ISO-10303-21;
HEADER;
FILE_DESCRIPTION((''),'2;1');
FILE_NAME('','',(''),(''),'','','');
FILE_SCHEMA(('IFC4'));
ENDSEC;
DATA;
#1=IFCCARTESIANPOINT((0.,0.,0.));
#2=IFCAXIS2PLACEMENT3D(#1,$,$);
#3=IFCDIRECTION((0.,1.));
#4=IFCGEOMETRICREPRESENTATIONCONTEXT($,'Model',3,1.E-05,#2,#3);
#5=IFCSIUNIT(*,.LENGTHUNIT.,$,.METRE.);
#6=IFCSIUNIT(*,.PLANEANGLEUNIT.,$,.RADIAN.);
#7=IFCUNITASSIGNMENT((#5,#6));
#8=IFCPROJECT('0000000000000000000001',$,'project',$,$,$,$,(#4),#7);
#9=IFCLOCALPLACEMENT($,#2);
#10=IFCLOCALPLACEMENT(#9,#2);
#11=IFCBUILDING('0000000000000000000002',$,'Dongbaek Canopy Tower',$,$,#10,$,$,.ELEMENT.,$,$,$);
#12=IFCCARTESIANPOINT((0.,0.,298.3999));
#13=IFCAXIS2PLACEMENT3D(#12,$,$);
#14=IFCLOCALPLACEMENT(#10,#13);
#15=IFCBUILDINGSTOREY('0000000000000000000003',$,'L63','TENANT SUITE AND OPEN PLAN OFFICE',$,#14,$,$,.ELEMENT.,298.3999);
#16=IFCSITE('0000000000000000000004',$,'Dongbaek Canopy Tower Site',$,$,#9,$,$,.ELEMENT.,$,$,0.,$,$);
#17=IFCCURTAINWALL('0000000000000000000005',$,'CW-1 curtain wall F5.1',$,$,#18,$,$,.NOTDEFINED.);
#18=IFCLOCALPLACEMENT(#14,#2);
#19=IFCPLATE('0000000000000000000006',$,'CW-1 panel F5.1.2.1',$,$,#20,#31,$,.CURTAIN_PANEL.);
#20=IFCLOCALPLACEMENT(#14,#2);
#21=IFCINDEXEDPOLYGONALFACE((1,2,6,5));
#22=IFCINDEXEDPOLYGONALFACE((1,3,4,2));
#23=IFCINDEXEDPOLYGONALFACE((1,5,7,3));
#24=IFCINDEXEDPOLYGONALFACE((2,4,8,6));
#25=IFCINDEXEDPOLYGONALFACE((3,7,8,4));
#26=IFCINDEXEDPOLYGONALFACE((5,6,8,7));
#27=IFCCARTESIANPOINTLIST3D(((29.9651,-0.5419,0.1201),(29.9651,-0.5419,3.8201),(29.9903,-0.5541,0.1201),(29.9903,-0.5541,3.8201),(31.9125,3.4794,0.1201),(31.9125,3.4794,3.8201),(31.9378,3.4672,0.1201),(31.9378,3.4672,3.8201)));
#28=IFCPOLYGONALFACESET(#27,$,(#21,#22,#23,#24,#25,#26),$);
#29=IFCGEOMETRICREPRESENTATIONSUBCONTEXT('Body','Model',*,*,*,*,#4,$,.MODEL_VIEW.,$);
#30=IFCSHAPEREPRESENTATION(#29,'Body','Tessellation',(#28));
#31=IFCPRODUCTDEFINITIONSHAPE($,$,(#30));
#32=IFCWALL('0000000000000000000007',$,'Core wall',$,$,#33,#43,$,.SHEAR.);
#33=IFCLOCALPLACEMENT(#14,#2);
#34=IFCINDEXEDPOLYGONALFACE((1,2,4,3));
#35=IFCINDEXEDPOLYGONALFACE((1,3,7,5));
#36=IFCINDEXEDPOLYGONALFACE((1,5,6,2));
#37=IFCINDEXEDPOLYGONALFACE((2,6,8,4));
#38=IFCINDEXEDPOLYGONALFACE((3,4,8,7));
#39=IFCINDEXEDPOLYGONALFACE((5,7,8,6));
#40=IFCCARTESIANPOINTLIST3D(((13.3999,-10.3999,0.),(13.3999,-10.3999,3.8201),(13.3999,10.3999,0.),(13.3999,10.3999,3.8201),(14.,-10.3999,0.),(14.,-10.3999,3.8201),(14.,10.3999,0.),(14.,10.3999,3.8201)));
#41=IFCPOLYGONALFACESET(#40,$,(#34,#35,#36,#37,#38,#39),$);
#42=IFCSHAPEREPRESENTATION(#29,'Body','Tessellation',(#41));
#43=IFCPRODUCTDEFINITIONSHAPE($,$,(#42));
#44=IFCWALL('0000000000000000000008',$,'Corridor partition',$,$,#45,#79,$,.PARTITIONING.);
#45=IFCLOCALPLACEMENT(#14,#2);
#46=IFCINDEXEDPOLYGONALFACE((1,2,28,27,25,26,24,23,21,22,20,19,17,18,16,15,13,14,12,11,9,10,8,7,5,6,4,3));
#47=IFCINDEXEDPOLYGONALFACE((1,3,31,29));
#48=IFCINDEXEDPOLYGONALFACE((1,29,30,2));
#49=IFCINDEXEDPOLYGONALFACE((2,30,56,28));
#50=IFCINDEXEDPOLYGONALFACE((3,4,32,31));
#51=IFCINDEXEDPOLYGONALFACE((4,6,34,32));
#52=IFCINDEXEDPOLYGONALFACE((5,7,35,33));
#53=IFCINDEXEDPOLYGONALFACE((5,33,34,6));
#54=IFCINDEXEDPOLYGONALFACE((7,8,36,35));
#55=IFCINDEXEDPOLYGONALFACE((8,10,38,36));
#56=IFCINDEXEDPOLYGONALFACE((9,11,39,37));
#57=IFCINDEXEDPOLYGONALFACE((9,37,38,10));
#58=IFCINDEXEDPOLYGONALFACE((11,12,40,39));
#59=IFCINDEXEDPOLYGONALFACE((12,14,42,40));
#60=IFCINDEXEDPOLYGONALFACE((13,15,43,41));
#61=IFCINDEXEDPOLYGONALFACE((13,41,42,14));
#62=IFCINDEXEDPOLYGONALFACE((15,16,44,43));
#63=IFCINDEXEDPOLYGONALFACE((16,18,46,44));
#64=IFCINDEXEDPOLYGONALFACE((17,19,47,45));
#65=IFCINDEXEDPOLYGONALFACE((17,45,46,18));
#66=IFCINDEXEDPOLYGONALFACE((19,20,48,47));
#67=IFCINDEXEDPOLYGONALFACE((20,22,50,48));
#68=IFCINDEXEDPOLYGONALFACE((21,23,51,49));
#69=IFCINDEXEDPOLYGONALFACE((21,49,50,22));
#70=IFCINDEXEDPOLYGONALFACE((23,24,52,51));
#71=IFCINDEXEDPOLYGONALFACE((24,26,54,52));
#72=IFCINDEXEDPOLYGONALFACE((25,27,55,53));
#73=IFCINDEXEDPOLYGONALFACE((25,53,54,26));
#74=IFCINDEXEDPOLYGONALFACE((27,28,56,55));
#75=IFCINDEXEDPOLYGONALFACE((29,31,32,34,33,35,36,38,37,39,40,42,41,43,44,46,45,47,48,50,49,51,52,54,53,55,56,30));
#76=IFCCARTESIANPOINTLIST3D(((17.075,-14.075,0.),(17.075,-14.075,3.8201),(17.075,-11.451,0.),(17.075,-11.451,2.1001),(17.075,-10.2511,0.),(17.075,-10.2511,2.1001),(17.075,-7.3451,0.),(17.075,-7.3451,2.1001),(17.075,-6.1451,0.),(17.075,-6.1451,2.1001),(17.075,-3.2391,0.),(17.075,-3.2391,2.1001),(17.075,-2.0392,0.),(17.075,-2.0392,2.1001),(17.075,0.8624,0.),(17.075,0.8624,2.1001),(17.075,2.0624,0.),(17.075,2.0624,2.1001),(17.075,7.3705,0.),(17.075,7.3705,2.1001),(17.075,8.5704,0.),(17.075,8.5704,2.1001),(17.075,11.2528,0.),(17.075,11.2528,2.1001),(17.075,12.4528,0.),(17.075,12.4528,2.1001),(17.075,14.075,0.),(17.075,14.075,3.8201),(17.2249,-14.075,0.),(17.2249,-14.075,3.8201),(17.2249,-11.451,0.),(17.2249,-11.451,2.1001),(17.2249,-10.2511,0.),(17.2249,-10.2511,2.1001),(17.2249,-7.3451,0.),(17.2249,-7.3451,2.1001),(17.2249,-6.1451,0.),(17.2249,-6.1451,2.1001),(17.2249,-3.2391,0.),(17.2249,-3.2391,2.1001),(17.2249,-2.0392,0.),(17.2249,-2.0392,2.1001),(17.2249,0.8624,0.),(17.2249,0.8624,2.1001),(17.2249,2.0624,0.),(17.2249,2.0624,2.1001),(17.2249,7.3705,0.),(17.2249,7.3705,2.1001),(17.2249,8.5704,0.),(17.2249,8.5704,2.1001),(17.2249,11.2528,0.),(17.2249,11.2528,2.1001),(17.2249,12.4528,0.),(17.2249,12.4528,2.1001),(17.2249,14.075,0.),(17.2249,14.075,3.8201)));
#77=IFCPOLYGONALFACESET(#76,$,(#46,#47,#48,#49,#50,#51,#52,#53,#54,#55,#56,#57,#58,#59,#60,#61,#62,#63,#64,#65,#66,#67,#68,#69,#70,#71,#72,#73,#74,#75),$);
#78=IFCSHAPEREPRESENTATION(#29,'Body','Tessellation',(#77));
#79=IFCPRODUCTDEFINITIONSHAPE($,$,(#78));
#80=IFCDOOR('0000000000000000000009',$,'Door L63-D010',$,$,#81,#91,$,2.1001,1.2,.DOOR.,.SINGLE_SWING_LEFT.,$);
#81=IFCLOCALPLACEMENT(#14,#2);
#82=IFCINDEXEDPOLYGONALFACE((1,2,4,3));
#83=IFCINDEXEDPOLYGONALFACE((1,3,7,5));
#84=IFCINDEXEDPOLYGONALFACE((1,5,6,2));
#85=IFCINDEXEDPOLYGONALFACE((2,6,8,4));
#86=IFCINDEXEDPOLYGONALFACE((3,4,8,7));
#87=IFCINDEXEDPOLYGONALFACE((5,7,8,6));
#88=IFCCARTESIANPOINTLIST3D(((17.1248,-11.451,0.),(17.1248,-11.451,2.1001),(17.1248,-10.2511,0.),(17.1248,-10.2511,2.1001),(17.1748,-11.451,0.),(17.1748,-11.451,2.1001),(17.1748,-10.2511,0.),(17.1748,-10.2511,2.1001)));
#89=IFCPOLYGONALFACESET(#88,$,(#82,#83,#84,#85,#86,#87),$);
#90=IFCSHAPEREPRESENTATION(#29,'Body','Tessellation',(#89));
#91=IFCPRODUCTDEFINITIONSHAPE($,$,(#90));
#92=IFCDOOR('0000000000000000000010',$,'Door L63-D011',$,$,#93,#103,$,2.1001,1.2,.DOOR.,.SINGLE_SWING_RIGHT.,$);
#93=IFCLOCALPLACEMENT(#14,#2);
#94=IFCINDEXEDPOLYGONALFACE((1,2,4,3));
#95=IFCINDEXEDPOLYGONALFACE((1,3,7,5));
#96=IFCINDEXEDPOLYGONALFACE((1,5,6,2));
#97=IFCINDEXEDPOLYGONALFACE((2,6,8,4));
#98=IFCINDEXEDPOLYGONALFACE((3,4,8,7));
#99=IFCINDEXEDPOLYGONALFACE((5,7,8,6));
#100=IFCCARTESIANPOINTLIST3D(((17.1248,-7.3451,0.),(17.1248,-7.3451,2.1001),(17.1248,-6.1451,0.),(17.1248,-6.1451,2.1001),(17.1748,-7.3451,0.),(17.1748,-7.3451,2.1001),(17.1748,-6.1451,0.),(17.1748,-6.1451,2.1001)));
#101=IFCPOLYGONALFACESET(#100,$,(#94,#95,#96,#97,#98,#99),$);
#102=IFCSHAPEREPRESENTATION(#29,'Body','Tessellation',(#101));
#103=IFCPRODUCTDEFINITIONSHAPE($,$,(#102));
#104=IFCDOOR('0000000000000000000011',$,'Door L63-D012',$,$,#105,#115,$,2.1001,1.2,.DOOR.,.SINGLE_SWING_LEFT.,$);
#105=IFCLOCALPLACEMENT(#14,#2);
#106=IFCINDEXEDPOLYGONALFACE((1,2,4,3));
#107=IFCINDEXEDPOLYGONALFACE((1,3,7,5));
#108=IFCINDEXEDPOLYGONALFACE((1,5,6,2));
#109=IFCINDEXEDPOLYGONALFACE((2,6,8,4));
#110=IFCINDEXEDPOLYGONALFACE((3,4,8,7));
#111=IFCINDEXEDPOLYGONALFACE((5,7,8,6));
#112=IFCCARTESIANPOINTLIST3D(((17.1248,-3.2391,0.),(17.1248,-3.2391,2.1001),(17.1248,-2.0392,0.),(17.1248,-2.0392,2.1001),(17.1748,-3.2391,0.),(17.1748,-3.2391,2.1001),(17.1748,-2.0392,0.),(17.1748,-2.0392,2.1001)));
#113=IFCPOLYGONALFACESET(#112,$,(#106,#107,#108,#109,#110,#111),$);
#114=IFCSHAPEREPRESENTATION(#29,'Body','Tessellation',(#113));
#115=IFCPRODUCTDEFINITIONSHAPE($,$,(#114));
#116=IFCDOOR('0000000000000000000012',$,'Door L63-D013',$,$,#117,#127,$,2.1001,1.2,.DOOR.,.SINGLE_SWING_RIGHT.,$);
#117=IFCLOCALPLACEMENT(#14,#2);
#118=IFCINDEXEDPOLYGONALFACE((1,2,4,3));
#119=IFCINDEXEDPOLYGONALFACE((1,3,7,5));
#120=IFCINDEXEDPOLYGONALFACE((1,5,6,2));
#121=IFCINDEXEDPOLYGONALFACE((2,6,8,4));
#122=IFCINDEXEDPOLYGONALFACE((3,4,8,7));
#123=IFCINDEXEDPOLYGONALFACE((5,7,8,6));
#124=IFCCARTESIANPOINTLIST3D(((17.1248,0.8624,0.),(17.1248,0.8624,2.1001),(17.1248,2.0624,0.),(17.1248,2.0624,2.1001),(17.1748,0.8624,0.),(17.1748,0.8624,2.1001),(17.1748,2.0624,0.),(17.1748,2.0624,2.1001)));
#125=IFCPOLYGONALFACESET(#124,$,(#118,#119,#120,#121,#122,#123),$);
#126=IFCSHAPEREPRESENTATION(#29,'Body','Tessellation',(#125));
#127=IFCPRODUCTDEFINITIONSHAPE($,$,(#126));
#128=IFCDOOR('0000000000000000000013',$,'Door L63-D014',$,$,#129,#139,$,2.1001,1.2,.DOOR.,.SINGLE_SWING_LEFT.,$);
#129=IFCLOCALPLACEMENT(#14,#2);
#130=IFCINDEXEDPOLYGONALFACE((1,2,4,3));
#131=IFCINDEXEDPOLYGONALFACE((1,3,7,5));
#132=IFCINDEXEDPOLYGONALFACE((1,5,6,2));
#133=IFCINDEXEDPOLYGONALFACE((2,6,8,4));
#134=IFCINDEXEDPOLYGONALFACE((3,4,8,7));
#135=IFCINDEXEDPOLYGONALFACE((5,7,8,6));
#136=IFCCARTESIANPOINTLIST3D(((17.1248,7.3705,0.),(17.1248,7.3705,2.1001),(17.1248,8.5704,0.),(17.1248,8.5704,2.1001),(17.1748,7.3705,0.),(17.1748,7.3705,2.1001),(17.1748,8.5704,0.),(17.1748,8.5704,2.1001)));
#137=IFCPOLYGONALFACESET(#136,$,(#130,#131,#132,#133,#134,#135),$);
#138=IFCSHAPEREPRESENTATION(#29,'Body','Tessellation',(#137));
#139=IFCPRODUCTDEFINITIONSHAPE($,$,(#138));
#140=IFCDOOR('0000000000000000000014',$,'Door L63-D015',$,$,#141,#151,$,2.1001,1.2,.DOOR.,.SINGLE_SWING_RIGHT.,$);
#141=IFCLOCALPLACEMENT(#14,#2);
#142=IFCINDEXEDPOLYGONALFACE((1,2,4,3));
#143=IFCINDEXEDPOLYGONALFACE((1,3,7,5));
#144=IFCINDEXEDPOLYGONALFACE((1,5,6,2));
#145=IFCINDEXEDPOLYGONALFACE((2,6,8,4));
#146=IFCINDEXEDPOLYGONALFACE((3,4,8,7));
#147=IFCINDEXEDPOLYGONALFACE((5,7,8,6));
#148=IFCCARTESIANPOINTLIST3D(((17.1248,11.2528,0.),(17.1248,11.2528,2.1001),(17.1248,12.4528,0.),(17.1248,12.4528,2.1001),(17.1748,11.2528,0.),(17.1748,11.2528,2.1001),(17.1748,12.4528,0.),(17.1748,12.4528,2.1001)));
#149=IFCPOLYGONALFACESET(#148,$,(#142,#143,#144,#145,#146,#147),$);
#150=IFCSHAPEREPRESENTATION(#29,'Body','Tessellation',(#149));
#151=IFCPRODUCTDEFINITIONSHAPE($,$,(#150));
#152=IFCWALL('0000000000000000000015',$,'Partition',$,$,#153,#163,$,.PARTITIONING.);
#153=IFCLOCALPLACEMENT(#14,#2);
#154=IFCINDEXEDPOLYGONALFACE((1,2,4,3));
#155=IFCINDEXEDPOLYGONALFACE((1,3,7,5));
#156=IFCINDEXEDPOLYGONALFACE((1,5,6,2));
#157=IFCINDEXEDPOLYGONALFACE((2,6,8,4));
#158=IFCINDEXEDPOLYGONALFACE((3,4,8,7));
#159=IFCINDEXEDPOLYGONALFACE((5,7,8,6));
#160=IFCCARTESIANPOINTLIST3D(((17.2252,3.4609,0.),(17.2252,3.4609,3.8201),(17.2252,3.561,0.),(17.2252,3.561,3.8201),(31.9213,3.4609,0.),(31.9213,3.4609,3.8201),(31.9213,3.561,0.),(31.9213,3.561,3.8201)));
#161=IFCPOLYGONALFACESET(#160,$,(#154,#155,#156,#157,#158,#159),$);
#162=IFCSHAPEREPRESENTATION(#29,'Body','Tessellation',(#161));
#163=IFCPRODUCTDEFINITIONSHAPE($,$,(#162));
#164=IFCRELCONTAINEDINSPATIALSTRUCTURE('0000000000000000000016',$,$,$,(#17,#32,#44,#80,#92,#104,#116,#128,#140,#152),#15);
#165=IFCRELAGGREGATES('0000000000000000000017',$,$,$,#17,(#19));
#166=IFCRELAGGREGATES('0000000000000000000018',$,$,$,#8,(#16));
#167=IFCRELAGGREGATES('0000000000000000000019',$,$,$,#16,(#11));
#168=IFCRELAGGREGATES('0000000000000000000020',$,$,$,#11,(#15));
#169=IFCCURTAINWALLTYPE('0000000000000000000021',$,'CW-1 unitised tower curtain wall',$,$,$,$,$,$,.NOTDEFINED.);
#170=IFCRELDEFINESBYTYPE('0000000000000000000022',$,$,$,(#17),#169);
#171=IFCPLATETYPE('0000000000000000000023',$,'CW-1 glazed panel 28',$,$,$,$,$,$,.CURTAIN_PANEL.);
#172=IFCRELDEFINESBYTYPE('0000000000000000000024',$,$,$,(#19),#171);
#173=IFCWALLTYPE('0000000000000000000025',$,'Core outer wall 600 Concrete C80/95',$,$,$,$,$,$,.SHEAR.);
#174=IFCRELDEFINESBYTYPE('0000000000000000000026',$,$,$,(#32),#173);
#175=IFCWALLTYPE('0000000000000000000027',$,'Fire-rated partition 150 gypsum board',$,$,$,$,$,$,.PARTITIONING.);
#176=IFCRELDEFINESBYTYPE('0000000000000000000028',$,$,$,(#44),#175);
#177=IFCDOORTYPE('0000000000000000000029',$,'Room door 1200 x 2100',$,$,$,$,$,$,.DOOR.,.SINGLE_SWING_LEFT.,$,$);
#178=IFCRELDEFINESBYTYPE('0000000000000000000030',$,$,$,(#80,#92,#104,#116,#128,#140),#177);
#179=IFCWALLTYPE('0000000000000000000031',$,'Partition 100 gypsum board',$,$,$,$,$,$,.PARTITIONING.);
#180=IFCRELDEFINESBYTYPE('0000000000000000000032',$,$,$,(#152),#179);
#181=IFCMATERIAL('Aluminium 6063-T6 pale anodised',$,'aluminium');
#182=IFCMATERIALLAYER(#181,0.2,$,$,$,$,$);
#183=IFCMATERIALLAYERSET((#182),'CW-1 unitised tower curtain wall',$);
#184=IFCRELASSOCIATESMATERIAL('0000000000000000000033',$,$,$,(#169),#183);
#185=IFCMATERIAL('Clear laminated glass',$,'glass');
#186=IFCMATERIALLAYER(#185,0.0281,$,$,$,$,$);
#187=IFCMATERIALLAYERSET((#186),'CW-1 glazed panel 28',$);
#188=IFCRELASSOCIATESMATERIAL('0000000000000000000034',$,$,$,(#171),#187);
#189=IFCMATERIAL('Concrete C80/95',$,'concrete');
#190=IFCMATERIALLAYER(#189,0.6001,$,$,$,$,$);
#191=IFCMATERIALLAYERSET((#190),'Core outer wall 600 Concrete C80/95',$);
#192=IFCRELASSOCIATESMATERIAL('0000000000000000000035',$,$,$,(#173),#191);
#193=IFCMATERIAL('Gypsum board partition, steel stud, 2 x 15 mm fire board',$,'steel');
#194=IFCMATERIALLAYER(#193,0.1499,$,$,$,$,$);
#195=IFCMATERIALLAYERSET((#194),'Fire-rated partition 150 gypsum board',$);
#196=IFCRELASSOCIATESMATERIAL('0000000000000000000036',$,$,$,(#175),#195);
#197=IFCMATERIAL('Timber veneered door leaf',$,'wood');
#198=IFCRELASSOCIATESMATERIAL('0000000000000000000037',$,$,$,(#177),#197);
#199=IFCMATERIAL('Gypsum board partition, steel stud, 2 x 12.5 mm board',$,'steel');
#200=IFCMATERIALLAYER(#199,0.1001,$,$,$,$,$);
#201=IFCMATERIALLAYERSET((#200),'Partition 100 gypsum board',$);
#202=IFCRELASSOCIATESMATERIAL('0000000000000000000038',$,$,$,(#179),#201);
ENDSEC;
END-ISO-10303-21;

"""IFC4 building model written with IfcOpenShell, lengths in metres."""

from ifc_helpers import new_model, si_unit, direction, frame, frame_2d, origin, origin_2d, place, context, subcontext, project, spatial, rectangle, extrude, material, layer, layer_set, type_object, element, fill, aggregate, save


model = new_model("IFC4")

# Units and contexts
model_context = context("Model", 3, precision=1e-05, world=origin(), true_north=direction((0.0, 1.0)))
body_context = subcontext(model_context, "Body", "Model", "MODEL_VIEW")
ifc_project = project(units=[si_unit("LENGTHUNIT", "METRE"), si_unit("PLANEANGLEUNIT", "RADIAN")], contexts=[model_context])

# Site, building, storey
site_placement = place(None, origin())
site = spatial("IfcSite", under=ifc_project, at=site_placement, Name="Dongbaek Canopy Tower Site", CompositionType="ELEMENT", RefElevation=0.0)
building_placement = place(site_placement, origin())
building = spatial("IfcBuilding", under=site, at=building_placement, Name="Dongbaek Canopy Tower", CompositionType="ELEMENT")
storey_placement = place(building_placement, frame((0.0, 0.0, 298.3999)))
storey = spatial("IfcBuildingStorey", under=building, at=storey_placement, Name="L63", Description="TENANT SUITE AND OPEN PLAN OFFICE", CompositionType="ELEMENT", Elevation=298.3999)

# Shared definitions
ifc_material_1 = material(Name="Aluminium 6063-T6 pale anodised", Category="aluminium")
ifc_layer_1 = layer(ifc_material_1, 0.2)
ifc_layer_set_1 = layer_set([ifc_layer_1], Name="CW-1 unitised tower curtain wall")
curtain_wall_type = type_object("IfcCurtainWallType", Name="CW-1 unitised tower curtain wall", PredefinedType="NOTDEFINED", material=ifc_layer_set_1)

# Shared definitions
ifc_material_2 = material(Name="Clear laminated glass", Category="glass")
ifc_layer_2 = layer(ifc_material_2, 0.0281)
ifc_layer_set_2 = layer_set([ifc_layer_2], Name="CW-1 glazed panel 28")
plate_type = type_object("IfcPlateType", Name="CW-1 glazed panel 28", PredefinedType="CURTAIN_PANEL", material=ifc_layer_set_2)

# Curtain wall, plate
curtain_wall_1_placement = place(storey_placement, origin())
curtain_wall_1 = element("IfcCurtainWall", 1, at=curtain_wall_1_placement, inside=storey, type_object=curtain_wall_type, Name="CW-1 curtain wall F5.1", PredefinedType="NOTDEFINED")
plate_1_placement = place(storey_placement, frame((30.9514, 1.4626, 0.1201), z_axis=(0.0, 0.0, 1.0), x_axis=(0.435863, 0.900013, 0.0)))
plate_1 = element("IfcPlate", 2, at=plate_1_placement, type_object=plate_type, Name="CW-1 panel F5.1.2.1", PredefinedType="CURTAIN_PANEL", context=body_context, shape_type="SweptSolid", body=[
    extrude(rectangle(XDim=4.468, YDim=0.0281, at=origin_2d()), origin(), (0.0, 0.0, 1.0), 3.7),
])
aggregate(curtain_wall_1, [plate_1])

# Wall
ifc_material_3 = material(Name="Concrete C80/95", Category="concrete")
ifc_layer_3 = layer(ifc_material_3, 0.6001)
ifc_layer_set_3 = layer_set([ifc_layer_3], Name="Core outer wall 600 Concrete C80/95")
wall_type_1 = type_object("IfcWallType", Name="Core outer wall 600 Concrete C80/95", PredefinedType="SHEAR", material=ifc_layer_set_3)
wall_1_placement = place(storey_placement, frame((13.7, 10.3999, 0.0), z_axis=(0.0, 0.0, 1.0), x_axis=(0.0, -1.0, 0.0)))
element("IfcWall", 3, at=wall_1_placement, inside=storey, type_object=wall_type_1, Name="Core wall", PredefinedType="SHEAR", context=body_context, shape_type="SweptSolid", body=[
    extrude(rectangle(XDim=20.7998, YDim=0.6001, at=frame_2d((10.3999, 0.0))), origin(), (0.0, 0.0, 1.0), 3.8201),
])

# Wall, openings, doors
ifc_material_4 = material(Name="Gypsum board partition, steel stud, 2 x 15 mm fire board", Category="steel")
ifc_layer_4 = layer(ifc_material_4, 0.1499)
ifc_layer_set_4 = layer_set([ifc_layer_4], Name="Fire-rated partition 150 gypsum board")
wall_type_2 = type_object("IfcWallType", Name="Fire-rated partition 150 gypsum board", PredefinedType="PARTITIONING", material=ifc_layer_set_4)
wall_2_placement = place(storey_placement, frame((17.1499, 14.075, 0.0), z_axis=(0.0, 0.0, 1.0), x_axis=(0.0, -1.0, 0.0)))
wall_2 = element("IfcWall", 4, at=wall_2_placement, inside=storey, type_object=wall_type_2, Name="Corridor partition", PredefinedType="PARTITIONING", context=body_context, shape_type="SweptSolid", body=[
    extrude(rectangle(XDim=28.1499, YDim=0.1499, at=frame_2d((14.075, 0.0))), origin(), (0.0, 0.0, 1.0), 3.8201),
])
opening_1_placement = place(wall_2_placement, frame((24.3259, 0.0, 0.0)))
opening_1 = element("IfcOpeningElement", 5, at=opening_1_placement, cuts=wall_2, PredefinedType="OPENING", context=body_context, shape_type="SweptSolid", body=[
    extrude(rectangle(XDim=1.2, YDim=2.1001, at=frame_2d((0.6001, 1.05))), frame((0.0, 0.085, 0.0), z_axis=(0.0, -1.0, 0.0), x_axis=(1.0, 0.0, 0.0)), (0.0, 0.0, 1.0), 0.1699),
])
opening_2_placement = place(wall_2_placement, frame((20.22, 0.0, 0.0)))
opening_2 = element("IfcOpeningElement", 6, at=opening_2_placement, cuts=wall_2, PredefinedType="OPENING", context=body_context, shape_type="SweptSolid", body=[
    extrude(rectangle(XDim=1.2, YDim=2.1001, at=frame_2d((0.6001, 1.05))), frame((0.0, 0.085, 0.0), z_axis=(0.0, -1.0, 0.0), x_axis=(1.0, 0.0, 0.0)), (0.0, 0.0, 1.0), 0.1699),
])
opening_3_placement = place(wall_2_placement, frame((16.114, 0.0, 0.0)))
opening_3 = element("IfcOpeningElement", 7, at=opening_3_placement, cuts=wall_2, PredefinedType="OPENING", context=body_context, shape_type="SweptSolid", body=[
    extrude(rectangle(XDim=1.2, YDim=2.1001, at=frame_2d((0.6001, 1.05))), frame((0.0, 0.085, 0.0), z_axis=(0.0, -1.0, 0.0), x_axis=(1.0, 0.0, 0.0)), (0.0, 0.0, 1.0), 0.1699),
])
opening_4_placement = place(wall_2_placement, frame((12.0125, 0.0, 0.0)))
opening_4 = element("IfcOpeningElement", 8, at=opening_4_placement, cuts=wall_2, PredefinedType="OPENING", context=body_context, shape_type="SweptSolid", body=[
    extrude(rectangle(XDim=1.2, YDim=2.1001, at=frame_2d((0.6001, 1.05))), frame((0.0, 0.085, 0.0), z_axis=(0.0, -1.0, 0.0), x_axis=(1.0, 0.0, 0.0)), (0.0, 0.0, 1.0), 0.1699),
])
opening_5_placement = place(wall_2_placement, frame((5.5044, 0.0, 0.0)))
opening_5 = element("IfcOpeningElement", 9, at=opening_5_placement, cuts=wall_2, PredefinedType="OPENING", context=body_context, shape_type="SweptSolid", body=[
    extrude(rectangle(XDim=1.2, YDim=2.1001, at=frame_2d((0.6001, 1.05))), frame((0.0, 0.085, 0.0), z_axis=(0.0, -1.0, 0.0), x_axis=(1.0, 0.0, 0.0)), (0.0, 0.0, 1.0), 0.1699),
])
opening_6_placement = place(wall_2_placement, frame((1.6221, 0.0, 0.0)))
opening_6 = element("IfcOpeningElement", 10, at=opening_6_placement, cuts=wall_2, PredefinedType="OPENING", context=body_context, shape_type="SweptSolid", body=[
    extrude(rectangle(XDim=1.2, YDim=2.1001, at=frame_2d((0.6001, 1.05))), frame((0.0, 0.085, 0.0), z_axis=(0.0, -1.0, 0.0), x_axis=(1.0, 0.0, 0.0)), (0.0, 0.0, 1.0), 0.1699),
])
ifc_material_5 = material(Name="Timber veneered door leaf", Category="wood")
door_type = type_object("IfcDoorType", Name="Room door 1200 x 2100", OperationType="SINGLE_SWING_LEFT", PredefinedType="DOOR", material=ifc_material_5)
door_1_placement = place(opening_1_placement, origin())
door_1 = element("IfcDoor", 11, at=door_1_placement, inside=storey, type_object=door_type, Name="Door L63-D010", OperationType="SINGLE_SWING_LEFT", OverallHeight=2.1001, OverallWidth=1.2, PredefinedType="DOOR", context=body_context, shape_type="SweptSolid", body=[
    extrude(rectangle(XDim=1.2, YDim=2.1001, at=frame_2d((0.6001, 1.05))), frame((0.0, 0.0249, 0.0), z_axis=(0.0, -1.0, 0.0), x_axis=(1.0, 0.0, 0.0)), (0.0, 0.0, 1.0), 0.05),
])
fill(opening_1, door_1)
door_2_placement = place(opening_2_placement, origin())
door_2 = element("IfcDoor", 12, at=door_2_placement, inside=storey, type_object=door_type, Name="Door L63-D011", OperationType="SINGLE_SWING_RIGHT", OverallHeight=2.1001, OverallWidth=1.2, PredefinedType="DOOR", context=body_context, shape_type="SweptSolid", body=[
    extrude(rectangle(XDim=1.2, YDim=2.1001, at=frame_2d((0.6001, 1.05))), frame((0.0, 0.0249, 0.0), z_axis=(0.0, -1.0, 0.0), x_axis=(1.0, 0.0, 0.0)), (0.0, 0.0, 1.0), 0.05),
])
fill(opening_2, door_2)
door_3_placement = place(opening_3_placement, origin())
door_3 = element("IfcDoor", 13, at=door_3_placement, inside=storey, type_object=door_type, Name="Door L63-D012", OperationType="SINGLE_SWING_LEFT", OverallHeight=2.1001, OverallWidth=1.2, PredefinedType="DOOR", context=body_context, shape_type="SweptSolid", body=[
    extrude(rectangle(XDim=1.2, YDim=2.1001, at=frame_2d((0.6001, 1.05))), frame((0.0, 0.0249, 0.0), z_axis=(0.0, -1.0, 0.0), x_axis=(1.0, 0.0, 0.0)), (0.0, 0.0, 1.0), 0.05),
])
fill(opening_3, door_3)
door_4_placement = place(opening_4_placement, origin())
door_4 = element("IfcDoor", 14, at=door_4_placement, inside=storey, type_object=door_type, Name="Door L63-D013", OperationType="SINGLE_SWING_RIGHT", OverallHeight=2.1001, OverallWidth=1.2, PredefinedType="DOOR", context=body_context, shape_type="SweptSolid", body=[
    extrude(rectangle(XDim=1.2, YDim=2.1001, at=frame_2d((0.6001, 1.05))), frame((0.0, 0.0249, 0.0), z_axis=(0.0, -1.0, 0.0), x_axis=(1.0, 0.0, 0.0)), (0.0, 0.0, 1.0), 0.05),
])
fill(opening_4, door_4)
door_5_placement = place(opening_5_placement, origin())
door_5 = element("IfcDoor", 15, at=door_5_placement, inside=storey, type_object=door_type, Name="Door L63-D014", OperationType="SINGLE_SWING_LEFT", OverallHeight=2.1001, OverallWidth=1.2, PredefinedType="DOOR", context=body_context, shape_type="SweptSolid", body=[
    extrude(rectangle(XDim=1.2, YDim=2.1001, at=frame_2d((0.6001, 1.05))), frame((0.0, 0.0249, 0.0), z_axis=(0.0, -1.0, 0.0), x_axis=(1.0, 0.0, 0.0)), (0.0, 0.0, 1.0), 0.05),
])
fill(opening_5, door_5)
door_6_placement = place(opening_6_placement, origin())
door_6 = element("IfcDoor", 16, at=door_6_placement, inside=storey, type_object=door_type, Name="Door L63-D015", OperationType="SINGLE_SWING_RIGHT", OverallHeight=2.1001, OverallWidth=1.2, PredefinedType="DOOR", context=body_context, shape_type="SweptSolid", body=[
    extrude(rectangle(XDim=1.2, YDim=2.1001, at=frame_2d((0.6001, 1.05))), frame((0.0, 0.0249, 0.0), z_axis=(0.0, -1.0, 0.0), x_axis=(1.0, 0.0, 0.0)), (0.0, 0.0, 1.0), 0.05),
])
fill(opening_6, door_6)

# Wall
ifc_material_6 = material(Name="Gypsum board partition, steel stud, 2 x 12.5 mm board", Category="steel")
ifc_layer_5 = layer(ifc_material_6, 0.1001)
ifc_layer_set_5 = layer_set([ifc_layer_5], Name="Partition 100 gypsum board")
wall_type_3 = type_object("IfcWallType", Name="Partition 100 gypsum board", PredefinedType="PARTITIONING", material=ifc_layer_set_5)
wall_3_placement = place(storey_placement, frame((17.2251, 3.511, 0.0), z_axis=(0.0, 0.0, 1.0), x_axis=(1.0, 0.0, 0.0)))
element("IfcWall", 17, at=wall_3_placement, inside=storey, type_object=wall_type_3, Name="Partition", PredefinedType="PARTITIONING", context=body_context, shape_type="SweptSolid", body=[
    extrude(rectangle(XDim=14.696, YDim=0.1001, at=frame_2d((7.3481, 0.0))), origin(), (0.0, 0.0, 1.0), 3.8201),
])

save(model, "model.ifc")
